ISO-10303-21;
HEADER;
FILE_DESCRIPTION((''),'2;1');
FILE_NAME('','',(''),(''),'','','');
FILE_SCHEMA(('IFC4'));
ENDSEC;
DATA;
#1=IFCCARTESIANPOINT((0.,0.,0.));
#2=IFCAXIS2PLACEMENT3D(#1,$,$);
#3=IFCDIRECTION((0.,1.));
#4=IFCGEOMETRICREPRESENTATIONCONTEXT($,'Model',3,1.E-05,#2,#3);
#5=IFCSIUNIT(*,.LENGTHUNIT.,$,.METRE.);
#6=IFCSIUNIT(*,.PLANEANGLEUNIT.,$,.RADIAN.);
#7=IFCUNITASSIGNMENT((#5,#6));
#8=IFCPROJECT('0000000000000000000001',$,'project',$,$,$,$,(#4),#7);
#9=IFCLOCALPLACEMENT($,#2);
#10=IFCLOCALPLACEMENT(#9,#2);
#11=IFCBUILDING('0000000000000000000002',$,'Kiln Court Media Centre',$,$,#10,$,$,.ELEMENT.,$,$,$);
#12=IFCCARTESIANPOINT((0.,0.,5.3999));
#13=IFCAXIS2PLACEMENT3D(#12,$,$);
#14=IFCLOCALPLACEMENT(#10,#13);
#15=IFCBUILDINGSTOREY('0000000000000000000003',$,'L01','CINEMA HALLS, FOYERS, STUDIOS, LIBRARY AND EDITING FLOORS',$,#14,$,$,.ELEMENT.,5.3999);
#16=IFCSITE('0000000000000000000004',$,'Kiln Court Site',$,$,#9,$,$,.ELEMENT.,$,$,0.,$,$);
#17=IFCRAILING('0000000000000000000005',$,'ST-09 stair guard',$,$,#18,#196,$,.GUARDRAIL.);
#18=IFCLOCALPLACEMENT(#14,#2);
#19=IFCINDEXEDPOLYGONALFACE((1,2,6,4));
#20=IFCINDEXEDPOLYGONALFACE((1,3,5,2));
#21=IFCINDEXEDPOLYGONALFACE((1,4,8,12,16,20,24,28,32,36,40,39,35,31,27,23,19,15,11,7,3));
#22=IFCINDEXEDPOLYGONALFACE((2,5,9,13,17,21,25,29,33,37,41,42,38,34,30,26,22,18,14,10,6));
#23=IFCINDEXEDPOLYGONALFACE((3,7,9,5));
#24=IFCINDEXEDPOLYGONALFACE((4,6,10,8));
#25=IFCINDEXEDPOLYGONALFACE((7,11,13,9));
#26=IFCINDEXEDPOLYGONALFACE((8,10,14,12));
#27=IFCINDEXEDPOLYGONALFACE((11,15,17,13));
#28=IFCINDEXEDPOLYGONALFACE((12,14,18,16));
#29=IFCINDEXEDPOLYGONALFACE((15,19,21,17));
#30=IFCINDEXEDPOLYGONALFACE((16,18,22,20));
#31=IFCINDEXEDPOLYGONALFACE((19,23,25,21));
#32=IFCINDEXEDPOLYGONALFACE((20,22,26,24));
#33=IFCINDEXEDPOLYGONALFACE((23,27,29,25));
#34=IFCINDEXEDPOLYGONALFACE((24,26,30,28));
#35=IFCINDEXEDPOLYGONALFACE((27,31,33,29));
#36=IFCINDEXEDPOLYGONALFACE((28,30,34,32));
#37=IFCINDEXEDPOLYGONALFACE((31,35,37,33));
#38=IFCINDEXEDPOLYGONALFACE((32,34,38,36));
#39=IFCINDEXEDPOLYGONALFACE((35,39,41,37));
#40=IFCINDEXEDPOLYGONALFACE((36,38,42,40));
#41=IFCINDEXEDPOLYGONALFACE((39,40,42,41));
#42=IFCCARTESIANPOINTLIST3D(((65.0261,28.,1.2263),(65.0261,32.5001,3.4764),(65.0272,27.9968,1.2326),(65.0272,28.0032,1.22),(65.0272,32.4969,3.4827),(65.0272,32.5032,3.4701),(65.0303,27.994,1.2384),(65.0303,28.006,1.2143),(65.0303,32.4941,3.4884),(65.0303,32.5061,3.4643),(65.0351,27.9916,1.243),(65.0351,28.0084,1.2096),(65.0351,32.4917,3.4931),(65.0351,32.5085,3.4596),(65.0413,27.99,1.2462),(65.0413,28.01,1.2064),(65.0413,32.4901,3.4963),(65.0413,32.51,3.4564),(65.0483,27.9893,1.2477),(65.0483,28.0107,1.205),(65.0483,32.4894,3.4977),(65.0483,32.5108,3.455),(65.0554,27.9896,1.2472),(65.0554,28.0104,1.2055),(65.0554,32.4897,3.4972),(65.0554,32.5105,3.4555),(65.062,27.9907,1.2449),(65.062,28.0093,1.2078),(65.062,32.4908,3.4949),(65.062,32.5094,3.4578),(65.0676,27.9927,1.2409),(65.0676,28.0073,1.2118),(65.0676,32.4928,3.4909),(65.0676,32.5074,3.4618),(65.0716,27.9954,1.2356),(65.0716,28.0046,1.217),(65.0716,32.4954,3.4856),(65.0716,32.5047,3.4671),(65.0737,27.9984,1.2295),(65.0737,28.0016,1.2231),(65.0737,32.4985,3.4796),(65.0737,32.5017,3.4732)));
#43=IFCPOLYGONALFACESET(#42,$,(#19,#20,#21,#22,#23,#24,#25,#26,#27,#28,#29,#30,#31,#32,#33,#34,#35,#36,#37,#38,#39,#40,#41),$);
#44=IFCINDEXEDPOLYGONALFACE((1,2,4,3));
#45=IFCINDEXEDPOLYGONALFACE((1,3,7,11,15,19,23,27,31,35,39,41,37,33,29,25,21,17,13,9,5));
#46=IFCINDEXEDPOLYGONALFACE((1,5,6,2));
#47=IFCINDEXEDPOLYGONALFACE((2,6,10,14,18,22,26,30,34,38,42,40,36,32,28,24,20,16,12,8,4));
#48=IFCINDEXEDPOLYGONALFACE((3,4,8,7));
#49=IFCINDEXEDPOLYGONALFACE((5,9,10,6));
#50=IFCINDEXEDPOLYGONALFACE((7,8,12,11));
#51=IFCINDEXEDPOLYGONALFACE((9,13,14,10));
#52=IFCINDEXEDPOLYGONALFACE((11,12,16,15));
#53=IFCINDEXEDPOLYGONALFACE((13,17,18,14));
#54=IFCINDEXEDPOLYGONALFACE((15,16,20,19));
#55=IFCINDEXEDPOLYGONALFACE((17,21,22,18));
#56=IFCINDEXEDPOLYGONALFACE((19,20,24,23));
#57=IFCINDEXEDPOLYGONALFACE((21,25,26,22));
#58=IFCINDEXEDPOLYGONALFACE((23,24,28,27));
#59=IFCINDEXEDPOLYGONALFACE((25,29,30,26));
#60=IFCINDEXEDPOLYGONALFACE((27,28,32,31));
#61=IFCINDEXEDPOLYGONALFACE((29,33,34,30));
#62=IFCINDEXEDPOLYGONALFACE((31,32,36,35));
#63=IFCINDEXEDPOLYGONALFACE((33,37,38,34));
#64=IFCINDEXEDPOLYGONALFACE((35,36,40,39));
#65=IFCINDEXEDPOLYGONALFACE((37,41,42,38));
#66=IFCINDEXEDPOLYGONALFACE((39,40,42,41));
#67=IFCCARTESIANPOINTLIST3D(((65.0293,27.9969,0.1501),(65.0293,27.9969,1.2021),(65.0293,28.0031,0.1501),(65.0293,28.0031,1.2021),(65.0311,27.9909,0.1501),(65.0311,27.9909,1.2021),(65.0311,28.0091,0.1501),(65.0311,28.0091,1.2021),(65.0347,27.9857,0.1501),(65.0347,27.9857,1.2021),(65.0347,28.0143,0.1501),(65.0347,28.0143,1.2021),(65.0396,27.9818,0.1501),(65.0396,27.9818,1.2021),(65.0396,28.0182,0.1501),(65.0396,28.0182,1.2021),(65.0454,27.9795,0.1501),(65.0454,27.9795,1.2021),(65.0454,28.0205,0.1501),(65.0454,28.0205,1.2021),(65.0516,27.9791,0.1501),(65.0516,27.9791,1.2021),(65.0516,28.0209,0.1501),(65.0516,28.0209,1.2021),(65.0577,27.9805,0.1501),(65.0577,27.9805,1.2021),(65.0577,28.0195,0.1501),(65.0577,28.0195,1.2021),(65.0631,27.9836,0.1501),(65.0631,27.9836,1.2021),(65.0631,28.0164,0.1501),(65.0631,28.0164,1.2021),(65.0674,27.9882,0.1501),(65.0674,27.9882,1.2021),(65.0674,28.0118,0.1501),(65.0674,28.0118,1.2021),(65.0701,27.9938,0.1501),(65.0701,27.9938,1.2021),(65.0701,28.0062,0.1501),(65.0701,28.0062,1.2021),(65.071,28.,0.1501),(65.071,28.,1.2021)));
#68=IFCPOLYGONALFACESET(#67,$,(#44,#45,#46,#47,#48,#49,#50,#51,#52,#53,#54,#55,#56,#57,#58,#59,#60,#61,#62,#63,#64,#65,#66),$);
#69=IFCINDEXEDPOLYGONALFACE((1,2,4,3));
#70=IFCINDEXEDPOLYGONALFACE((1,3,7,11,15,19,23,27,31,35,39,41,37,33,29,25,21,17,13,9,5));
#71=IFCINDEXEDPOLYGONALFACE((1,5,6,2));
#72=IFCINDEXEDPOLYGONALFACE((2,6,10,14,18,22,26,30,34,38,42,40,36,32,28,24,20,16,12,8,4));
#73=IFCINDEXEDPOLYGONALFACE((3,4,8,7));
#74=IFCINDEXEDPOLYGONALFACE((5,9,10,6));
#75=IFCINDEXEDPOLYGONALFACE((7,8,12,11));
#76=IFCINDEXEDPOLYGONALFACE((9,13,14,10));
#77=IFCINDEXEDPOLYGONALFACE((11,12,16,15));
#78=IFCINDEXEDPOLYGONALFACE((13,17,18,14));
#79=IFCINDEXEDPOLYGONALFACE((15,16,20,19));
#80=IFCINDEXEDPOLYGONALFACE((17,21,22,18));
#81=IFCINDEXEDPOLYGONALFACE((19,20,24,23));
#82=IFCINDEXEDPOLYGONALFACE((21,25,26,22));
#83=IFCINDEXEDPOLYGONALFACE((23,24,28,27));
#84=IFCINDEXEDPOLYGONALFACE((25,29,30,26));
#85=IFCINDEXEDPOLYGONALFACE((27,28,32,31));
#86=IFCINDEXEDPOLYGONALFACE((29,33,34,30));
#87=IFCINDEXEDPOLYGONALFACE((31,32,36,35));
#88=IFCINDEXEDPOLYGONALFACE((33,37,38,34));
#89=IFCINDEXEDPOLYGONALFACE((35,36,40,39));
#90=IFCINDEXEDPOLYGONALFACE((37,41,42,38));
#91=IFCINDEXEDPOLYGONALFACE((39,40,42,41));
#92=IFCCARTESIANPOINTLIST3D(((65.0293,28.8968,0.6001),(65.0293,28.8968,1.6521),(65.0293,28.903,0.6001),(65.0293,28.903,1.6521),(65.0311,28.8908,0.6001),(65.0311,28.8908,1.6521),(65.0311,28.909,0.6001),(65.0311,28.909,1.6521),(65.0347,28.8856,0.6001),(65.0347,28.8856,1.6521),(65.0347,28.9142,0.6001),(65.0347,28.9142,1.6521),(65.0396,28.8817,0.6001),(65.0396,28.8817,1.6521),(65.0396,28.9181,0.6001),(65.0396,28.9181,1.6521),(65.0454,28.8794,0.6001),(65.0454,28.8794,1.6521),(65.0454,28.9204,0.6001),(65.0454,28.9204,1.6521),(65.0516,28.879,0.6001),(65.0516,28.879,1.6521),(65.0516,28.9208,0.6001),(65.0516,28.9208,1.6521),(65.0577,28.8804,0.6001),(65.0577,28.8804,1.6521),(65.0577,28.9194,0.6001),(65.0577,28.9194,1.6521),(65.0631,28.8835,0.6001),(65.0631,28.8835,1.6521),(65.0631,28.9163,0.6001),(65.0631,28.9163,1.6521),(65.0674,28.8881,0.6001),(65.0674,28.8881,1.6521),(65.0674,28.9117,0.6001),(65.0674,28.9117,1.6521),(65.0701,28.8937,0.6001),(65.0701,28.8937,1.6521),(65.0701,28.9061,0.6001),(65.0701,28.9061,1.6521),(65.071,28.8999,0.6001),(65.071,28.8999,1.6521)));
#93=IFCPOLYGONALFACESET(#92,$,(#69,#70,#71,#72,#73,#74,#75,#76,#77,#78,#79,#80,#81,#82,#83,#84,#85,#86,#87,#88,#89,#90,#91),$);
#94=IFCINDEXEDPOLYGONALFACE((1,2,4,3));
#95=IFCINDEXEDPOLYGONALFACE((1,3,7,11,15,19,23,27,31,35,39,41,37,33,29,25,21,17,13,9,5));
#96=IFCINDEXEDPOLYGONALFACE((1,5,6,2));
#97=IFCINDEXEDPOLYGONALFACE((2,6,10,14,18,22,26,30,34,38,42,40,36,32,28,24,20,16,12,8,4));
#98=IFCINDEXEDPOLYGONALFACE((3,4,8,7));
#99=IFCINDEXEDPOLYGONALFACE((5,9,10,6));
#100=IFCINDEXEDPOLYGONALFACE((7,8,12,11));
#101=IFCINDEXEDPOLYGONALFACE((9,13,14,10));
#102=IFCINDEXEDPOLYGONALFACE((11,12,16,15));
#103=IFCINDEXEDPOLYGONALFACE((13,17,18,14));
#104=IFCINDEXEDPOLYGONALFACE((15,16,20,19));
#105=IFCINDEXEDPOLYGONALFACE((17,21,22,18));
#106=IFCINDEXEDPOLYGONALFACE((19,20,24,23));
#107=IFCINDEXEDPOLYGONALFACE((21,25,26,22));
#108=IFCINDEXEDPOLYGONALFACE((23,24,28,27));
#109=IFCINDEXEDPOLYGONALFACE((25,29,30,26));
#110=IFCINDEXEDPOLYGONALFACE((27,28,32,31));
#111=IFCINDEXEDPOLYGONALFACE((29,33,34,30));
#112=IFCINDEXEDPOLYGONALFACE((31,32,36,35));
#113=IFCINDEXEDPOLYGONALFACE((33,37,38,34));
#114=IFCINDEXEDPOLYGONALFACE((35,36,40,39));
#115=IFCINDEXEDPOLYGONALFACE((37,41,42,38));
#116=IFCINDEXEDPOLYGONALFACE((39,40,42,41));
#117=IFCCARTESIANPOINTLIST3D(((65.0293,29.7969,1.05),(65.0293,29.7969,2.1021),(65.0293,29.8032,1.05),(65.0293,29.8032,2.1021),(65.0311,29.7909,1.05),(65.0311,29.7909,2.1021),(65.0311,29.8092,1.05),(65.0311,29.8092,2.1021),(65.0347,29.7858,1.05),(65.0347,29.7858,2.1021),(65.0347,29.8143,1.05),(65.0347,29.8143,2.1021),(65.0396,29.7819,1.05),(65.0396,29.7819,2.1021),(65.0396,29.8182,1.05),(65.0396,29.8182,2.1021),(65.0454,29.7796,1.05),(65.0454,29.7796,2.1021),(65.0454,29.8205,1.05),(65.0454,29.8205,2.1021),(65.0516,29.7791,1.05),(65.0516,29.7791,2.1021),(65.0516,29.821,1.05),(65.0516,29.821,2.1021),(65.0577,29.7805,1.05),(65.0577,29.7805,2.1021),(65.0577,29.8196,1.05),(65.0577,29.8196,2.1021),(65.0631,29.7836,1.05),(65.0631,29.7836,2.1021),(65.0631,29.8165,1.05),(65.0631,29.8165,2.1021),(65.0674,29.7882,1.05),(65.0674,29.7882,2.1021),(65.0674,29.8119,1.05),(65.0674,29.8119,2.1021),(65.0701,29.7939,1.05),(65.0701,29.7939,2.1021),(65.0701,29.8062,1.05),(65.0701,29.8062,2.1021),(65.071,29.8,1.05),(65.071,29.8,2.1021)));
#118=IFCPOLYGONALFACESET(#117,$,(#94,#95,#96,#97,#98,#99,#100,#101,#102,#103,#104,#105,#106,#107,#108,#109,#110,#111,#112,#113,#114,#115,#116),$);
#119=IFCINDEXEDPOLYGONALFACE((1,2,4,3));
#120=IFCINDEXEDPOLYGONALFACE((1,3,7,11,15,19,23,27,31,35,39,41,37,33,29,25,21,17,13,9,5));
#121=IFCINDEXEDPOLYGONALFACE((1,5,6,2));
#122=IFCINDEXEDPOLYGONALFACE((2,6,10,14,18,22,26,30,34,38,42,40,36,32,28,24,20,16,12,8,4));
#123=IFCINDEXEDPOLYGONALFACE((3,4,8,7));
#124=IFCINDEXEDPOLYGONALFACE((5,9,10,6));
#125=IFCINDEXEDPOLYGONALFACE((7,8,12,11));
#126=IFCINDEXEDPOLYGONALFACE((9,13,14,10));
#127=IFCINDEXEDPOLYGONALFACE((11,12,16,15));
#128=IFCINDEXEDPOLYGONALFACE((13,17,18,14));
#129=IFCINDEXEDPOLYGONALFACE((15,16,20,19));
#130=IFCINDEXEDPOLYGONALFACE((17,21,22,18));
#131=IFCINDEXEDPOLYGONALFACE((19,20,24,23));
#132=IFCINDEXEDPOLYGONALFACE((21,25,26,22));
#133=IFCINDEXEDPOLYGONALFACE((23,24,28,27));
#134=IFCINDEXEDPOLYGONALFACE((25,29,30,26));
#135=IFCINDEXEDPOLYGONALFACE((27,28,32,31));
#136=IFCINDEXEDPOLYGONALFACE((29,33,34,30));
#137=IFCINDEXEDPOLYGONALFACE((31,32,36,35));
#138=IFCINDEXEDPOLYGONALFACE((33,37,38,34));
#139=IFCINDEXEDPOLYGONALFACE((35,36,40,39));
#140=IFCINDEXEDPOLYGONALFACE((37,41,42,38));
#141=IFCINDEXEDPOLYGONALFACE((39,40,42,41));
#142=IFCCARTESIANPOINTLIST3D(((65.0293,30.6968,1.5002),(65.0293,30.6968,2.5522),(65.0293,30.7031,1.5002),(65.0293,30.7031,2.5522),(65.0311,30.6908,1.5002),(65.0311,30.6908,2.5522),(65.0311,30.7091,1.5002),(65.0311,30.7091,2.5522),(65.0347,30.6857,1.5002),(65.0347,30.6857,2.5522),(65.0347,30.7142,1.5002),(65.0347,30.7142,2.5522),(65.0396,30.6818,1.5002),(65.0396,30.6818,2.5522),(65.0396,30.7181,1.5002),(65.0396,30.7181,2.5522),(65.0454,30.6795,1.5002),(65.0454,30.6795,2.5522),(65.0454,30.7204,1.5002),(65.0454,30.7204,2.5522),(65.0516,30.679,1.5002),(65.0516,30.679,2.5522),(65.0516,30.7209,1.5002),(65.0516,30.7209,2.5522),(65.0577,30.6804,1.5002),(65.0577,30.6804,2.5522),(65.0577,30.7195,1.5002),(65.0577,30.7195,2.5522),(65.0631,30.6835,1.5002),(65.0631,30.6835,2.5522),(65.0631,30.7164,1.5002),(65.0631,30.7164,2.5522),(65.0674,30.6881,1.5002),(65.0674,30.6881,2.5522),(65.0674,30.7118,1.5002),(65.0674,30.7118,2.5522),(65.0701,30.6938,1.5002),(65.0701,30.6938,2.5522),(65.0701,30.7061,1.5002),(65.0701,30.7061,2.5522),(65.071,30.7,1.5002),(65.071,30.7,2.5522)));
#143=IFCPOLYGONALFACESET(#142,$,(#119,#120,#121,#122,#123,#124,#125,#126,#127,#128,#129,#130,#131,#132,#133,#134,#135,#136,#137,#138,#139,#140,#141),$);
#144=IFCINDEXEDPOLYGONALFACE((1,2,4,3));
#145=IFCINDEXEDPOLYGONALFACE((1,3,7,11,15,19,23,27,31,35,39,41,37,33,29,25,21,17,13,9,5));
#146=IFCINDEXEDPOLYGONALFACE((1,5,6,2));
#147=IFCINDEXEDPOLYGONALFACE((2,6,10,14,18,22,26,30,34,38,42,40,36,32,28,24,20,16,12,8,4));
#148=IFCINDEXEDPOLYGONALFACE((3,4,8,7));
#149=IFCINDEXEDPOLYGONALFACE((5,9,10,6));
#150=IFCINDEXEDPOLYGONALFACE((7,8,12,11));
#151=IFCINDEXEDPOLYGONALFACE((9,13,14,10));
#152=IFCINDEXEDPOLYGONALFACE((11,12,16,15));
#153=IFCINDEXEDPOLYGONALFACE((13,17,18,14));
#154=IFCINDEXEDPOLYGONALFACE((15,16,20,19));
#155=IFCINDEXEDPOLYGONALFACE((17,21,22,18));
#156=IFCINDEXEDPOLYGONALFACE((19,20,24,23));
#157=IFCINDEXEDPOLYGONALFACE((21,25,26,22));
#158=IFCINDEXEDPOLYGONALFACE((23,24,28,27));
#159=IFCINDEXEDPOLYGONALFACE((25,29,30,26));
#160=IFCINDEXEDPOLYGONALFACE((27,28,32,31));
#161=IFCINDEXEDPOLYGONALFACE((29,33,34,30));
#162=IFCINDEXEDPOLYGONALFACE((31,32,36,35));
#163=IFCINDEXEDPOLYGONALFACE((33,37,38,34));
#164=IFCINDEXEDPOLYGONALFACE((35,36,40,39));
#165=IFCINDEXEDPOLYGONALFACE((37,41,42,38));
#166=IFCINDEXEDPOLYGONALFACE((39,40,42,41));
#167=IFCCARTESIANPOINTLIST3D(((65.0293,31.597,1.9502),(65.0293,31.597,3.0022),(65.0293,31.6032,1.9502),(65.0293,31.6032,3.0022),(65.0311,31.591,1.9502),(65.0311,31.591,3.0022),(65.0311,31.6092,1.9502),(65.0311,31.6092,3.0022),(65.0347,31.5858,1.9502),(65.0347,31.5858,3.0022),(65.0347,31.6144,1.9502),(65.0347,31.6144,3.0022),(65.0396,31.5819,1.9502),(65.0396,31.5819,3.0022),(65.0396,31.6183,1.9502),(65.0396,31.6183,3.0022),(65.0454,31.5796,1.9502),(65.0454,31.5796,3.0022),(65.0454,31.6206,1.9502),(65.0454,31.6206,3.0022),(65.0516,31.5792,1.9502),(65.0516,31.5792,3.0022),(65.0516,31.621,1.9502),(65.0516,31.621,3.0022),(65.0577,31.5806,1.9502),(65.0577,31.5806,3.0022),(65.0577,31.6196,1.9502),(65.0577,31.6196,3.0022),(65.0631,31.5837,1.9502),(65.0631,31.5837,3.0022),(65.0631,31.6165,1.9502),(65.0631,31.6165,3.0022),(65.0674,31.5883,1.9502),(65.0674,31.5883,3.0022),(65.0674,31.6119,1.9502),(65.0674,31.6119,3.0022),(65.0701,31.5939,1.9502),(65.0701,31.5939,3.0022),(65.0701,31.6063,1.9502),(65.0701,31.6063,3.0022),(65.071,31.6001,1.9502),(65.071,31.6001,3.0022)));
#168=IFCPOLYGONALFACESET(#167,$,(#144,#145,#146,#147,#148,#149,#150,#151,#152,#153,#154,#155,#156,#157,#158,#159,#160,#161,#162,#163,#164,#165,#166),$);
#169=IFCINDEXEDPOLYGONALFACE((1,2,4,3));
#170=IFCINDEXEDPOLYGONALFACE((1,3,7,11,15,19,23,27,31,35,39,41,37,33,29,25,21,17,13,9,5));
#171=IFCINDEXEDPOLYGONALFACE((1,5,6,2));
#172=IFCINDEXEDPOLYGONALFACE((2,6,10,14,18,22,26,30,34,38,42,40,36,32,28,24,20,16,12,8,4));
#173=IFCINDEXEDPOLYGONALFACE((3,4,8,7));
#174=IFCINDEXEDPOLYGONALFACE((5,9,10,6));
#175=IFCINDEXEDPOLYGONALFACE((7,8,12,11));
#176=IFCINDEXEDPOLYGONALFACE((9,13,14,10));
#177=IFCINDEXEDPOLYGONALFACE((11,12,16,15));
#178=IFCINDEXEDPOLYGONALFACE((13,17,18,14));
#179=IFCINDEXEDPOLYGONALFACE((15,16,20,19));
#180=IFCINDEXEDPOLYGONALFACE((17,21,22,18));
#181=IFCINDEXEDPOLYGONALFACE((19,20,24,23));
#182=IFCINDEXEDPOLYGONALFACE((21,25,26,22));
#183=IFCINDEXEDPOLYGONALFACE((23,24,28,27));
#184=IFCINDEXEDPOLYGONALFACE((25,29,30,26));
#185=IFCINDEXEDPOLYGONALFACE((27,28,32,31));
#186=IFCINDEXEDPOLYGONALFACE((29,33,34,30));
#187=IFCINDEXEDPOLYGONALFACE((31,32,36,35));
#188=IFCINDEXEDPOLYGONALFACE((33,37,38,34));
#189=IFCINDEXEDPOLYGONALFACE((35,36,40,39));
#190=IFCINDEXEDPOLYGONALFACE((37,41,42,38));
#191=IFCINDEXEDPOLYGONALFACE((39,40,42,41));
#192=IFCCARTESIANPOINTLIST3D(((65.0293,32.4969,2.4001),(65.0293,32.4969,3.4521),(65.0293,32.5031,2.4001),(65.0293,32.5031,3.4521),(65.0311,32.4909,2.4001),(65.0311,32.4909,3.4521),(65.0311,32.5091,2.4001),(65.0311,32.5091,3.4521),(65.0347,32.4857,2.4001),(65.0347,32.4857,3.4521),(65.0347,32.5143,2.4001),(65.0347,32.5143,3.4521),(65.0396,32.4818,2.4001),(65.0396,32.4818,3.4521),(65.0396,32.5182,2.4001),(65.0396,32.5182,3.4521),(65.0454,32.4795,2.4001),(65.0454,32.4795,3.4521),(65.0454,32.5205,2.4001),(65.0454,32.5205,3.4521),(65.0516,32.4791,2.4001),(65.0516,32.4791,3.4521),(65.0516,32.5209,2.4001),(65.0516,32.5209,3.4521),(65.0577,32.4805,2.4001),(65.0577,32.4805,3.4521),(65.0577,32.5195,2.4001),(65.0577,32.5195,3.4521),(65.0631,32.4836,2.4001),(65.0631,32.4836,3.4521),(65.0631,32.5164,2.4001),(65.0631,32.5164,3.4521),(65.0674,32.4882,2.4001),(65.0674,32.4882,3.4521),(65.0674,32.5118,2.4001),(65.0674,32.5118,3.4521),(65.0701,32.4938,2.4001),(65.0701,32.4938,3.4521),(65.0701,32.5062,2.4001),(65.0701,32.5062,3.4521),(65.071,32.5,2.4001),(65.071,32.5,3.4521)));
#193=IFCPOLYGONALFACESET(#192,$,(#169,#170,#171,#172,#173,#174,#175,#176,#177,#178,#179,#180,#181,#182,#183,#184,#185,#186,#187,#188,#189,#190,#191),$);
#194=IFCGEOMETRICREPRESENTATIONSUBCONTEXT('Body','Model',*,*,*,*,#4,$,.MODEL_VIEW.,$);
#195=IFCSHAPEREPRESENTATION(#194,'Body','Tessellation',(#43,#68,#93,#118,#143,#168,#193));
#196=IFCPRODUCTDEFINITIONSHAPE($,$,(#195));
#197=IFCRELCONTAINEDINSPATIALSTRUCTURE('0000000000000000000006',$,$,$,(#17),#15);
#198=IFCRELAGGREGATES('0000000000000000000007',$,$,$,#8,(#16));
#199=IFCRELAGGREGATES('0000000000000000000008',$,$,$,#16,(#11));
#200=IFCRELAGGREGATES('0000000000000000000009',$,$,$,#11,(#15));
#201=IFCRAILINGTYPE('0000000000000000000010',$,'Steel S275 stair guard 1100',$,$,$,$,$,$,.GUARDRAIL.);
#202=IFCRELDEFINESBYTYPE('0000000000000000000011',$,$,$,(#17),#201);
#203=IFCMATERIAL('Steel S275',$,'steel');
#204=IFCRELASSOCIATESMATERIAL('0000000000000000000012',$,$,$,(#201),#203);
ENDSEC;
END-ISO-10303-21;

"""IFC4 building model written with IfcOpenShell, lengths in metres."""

from ifc_helpers import new_model, si_unit, direction, frame, origin, origin_2d, place, context, subcontext, project, spatial, circle, extrude, material, type_object, element, save


model = new_model("IFC4")

# Units and contexts
model_context = context("Model", 3, precision=1e-05, world=origin(), true_north=direction((0.0, 1.0)))
body_context = subcontext(model_context, "Body", "Model", "MODEL_VIEW")
ifc_project = project(units=[si_unit("LENGTHUNIT", "METRE"), si_unit("PLANEANGLEUNIT", "RADIAN")], contexts=[model_context])

# Site, building, storey
site_placement = place(None, origin())
site = spatial("IfcSite", under=ifc_project, at=site_placement, Name="Kiln Court Site", CompositionType="ELEMENT", RefElevation=0.0)
building_placement = place(site_placement, origin())
building = spatial("IfcBuilding", under=site, at=building_placement, Name="Kiln Court Media Centre", CompositionType="ELEMENT")
storey_placement = place(building_placement, frame((0.0, 0.0, 5.3999)))
storey = spatial("IfcBuildingStorey", under=building, at=storey_placement, Name="L01", Description="CINEMA HALLS, FOYERS, STUDIOS, LIBRARY AND EDITING FLOORS", CompositionType="ELEMENT", Elevation=5.3999)

# Railing
ifc_material_1 = material(Name="Steel S275", Category="steel")
railing_type_1 = type_object("IfcRailingType", Name="Steel S275 stair guard 1100", PredefinedType="GUARDRAIL", material=ifc_material_1)
railing_1_placement = place(storey_placement, frame((65.05, 28.0, 0.1501)))
element("IfcRailing", 1, at=railing_1_placement, inside=storey, type_object=railing_type_1, Name="ST-09 stair guard", PredefinedType="GUARDRAIL", context=body_context, shape_type="SweptSolid", body=[
    extrude(circle(Radius=0.0239, at=origin_2d()), frame((0.0, 0.0, 1.0762), z_axis=(0.0, 0.894427, 0.447214), x_axis=(-1.0, 0.0, 0.0)), (0.0, 0.0, 1.0), 5.0312),
    extrude(circle(Radius=0.021, at=origin_2d()), origin(), (0.0, 0.0, 1.0), 1.052),
    extrude(circle(Radius=0.021, at=origin_2d()), frame((0.0, 0.8999, 0.45)), (0.0, 0.0, 1.0), 1.052),
    extrude(circle(Radius=0.021, at=origin_2d()), frame((0.0, 1.8, 0.8999)), (0.0, 0.0, 1.0), 1.052),
    extrude(circle(Radius=0.021, at=origin_2d()), frame((0.0, 2.7, 1.3501)), (0.0, 0.0, 1.0), 1.052),
    extrude(circle(Radius=0.021, at=origin_2d()), frame((0.0, 3.6001, 1.8)), (0.0, 0.0, 1.0), 1.052),
    extrude(circle(Radius=0.021, at=origin_2d()), frame((0.0, 4.5, 2.25)), (0.0, 0.0, 1.0), 1.052),
])

save(model, "model.ifc")
